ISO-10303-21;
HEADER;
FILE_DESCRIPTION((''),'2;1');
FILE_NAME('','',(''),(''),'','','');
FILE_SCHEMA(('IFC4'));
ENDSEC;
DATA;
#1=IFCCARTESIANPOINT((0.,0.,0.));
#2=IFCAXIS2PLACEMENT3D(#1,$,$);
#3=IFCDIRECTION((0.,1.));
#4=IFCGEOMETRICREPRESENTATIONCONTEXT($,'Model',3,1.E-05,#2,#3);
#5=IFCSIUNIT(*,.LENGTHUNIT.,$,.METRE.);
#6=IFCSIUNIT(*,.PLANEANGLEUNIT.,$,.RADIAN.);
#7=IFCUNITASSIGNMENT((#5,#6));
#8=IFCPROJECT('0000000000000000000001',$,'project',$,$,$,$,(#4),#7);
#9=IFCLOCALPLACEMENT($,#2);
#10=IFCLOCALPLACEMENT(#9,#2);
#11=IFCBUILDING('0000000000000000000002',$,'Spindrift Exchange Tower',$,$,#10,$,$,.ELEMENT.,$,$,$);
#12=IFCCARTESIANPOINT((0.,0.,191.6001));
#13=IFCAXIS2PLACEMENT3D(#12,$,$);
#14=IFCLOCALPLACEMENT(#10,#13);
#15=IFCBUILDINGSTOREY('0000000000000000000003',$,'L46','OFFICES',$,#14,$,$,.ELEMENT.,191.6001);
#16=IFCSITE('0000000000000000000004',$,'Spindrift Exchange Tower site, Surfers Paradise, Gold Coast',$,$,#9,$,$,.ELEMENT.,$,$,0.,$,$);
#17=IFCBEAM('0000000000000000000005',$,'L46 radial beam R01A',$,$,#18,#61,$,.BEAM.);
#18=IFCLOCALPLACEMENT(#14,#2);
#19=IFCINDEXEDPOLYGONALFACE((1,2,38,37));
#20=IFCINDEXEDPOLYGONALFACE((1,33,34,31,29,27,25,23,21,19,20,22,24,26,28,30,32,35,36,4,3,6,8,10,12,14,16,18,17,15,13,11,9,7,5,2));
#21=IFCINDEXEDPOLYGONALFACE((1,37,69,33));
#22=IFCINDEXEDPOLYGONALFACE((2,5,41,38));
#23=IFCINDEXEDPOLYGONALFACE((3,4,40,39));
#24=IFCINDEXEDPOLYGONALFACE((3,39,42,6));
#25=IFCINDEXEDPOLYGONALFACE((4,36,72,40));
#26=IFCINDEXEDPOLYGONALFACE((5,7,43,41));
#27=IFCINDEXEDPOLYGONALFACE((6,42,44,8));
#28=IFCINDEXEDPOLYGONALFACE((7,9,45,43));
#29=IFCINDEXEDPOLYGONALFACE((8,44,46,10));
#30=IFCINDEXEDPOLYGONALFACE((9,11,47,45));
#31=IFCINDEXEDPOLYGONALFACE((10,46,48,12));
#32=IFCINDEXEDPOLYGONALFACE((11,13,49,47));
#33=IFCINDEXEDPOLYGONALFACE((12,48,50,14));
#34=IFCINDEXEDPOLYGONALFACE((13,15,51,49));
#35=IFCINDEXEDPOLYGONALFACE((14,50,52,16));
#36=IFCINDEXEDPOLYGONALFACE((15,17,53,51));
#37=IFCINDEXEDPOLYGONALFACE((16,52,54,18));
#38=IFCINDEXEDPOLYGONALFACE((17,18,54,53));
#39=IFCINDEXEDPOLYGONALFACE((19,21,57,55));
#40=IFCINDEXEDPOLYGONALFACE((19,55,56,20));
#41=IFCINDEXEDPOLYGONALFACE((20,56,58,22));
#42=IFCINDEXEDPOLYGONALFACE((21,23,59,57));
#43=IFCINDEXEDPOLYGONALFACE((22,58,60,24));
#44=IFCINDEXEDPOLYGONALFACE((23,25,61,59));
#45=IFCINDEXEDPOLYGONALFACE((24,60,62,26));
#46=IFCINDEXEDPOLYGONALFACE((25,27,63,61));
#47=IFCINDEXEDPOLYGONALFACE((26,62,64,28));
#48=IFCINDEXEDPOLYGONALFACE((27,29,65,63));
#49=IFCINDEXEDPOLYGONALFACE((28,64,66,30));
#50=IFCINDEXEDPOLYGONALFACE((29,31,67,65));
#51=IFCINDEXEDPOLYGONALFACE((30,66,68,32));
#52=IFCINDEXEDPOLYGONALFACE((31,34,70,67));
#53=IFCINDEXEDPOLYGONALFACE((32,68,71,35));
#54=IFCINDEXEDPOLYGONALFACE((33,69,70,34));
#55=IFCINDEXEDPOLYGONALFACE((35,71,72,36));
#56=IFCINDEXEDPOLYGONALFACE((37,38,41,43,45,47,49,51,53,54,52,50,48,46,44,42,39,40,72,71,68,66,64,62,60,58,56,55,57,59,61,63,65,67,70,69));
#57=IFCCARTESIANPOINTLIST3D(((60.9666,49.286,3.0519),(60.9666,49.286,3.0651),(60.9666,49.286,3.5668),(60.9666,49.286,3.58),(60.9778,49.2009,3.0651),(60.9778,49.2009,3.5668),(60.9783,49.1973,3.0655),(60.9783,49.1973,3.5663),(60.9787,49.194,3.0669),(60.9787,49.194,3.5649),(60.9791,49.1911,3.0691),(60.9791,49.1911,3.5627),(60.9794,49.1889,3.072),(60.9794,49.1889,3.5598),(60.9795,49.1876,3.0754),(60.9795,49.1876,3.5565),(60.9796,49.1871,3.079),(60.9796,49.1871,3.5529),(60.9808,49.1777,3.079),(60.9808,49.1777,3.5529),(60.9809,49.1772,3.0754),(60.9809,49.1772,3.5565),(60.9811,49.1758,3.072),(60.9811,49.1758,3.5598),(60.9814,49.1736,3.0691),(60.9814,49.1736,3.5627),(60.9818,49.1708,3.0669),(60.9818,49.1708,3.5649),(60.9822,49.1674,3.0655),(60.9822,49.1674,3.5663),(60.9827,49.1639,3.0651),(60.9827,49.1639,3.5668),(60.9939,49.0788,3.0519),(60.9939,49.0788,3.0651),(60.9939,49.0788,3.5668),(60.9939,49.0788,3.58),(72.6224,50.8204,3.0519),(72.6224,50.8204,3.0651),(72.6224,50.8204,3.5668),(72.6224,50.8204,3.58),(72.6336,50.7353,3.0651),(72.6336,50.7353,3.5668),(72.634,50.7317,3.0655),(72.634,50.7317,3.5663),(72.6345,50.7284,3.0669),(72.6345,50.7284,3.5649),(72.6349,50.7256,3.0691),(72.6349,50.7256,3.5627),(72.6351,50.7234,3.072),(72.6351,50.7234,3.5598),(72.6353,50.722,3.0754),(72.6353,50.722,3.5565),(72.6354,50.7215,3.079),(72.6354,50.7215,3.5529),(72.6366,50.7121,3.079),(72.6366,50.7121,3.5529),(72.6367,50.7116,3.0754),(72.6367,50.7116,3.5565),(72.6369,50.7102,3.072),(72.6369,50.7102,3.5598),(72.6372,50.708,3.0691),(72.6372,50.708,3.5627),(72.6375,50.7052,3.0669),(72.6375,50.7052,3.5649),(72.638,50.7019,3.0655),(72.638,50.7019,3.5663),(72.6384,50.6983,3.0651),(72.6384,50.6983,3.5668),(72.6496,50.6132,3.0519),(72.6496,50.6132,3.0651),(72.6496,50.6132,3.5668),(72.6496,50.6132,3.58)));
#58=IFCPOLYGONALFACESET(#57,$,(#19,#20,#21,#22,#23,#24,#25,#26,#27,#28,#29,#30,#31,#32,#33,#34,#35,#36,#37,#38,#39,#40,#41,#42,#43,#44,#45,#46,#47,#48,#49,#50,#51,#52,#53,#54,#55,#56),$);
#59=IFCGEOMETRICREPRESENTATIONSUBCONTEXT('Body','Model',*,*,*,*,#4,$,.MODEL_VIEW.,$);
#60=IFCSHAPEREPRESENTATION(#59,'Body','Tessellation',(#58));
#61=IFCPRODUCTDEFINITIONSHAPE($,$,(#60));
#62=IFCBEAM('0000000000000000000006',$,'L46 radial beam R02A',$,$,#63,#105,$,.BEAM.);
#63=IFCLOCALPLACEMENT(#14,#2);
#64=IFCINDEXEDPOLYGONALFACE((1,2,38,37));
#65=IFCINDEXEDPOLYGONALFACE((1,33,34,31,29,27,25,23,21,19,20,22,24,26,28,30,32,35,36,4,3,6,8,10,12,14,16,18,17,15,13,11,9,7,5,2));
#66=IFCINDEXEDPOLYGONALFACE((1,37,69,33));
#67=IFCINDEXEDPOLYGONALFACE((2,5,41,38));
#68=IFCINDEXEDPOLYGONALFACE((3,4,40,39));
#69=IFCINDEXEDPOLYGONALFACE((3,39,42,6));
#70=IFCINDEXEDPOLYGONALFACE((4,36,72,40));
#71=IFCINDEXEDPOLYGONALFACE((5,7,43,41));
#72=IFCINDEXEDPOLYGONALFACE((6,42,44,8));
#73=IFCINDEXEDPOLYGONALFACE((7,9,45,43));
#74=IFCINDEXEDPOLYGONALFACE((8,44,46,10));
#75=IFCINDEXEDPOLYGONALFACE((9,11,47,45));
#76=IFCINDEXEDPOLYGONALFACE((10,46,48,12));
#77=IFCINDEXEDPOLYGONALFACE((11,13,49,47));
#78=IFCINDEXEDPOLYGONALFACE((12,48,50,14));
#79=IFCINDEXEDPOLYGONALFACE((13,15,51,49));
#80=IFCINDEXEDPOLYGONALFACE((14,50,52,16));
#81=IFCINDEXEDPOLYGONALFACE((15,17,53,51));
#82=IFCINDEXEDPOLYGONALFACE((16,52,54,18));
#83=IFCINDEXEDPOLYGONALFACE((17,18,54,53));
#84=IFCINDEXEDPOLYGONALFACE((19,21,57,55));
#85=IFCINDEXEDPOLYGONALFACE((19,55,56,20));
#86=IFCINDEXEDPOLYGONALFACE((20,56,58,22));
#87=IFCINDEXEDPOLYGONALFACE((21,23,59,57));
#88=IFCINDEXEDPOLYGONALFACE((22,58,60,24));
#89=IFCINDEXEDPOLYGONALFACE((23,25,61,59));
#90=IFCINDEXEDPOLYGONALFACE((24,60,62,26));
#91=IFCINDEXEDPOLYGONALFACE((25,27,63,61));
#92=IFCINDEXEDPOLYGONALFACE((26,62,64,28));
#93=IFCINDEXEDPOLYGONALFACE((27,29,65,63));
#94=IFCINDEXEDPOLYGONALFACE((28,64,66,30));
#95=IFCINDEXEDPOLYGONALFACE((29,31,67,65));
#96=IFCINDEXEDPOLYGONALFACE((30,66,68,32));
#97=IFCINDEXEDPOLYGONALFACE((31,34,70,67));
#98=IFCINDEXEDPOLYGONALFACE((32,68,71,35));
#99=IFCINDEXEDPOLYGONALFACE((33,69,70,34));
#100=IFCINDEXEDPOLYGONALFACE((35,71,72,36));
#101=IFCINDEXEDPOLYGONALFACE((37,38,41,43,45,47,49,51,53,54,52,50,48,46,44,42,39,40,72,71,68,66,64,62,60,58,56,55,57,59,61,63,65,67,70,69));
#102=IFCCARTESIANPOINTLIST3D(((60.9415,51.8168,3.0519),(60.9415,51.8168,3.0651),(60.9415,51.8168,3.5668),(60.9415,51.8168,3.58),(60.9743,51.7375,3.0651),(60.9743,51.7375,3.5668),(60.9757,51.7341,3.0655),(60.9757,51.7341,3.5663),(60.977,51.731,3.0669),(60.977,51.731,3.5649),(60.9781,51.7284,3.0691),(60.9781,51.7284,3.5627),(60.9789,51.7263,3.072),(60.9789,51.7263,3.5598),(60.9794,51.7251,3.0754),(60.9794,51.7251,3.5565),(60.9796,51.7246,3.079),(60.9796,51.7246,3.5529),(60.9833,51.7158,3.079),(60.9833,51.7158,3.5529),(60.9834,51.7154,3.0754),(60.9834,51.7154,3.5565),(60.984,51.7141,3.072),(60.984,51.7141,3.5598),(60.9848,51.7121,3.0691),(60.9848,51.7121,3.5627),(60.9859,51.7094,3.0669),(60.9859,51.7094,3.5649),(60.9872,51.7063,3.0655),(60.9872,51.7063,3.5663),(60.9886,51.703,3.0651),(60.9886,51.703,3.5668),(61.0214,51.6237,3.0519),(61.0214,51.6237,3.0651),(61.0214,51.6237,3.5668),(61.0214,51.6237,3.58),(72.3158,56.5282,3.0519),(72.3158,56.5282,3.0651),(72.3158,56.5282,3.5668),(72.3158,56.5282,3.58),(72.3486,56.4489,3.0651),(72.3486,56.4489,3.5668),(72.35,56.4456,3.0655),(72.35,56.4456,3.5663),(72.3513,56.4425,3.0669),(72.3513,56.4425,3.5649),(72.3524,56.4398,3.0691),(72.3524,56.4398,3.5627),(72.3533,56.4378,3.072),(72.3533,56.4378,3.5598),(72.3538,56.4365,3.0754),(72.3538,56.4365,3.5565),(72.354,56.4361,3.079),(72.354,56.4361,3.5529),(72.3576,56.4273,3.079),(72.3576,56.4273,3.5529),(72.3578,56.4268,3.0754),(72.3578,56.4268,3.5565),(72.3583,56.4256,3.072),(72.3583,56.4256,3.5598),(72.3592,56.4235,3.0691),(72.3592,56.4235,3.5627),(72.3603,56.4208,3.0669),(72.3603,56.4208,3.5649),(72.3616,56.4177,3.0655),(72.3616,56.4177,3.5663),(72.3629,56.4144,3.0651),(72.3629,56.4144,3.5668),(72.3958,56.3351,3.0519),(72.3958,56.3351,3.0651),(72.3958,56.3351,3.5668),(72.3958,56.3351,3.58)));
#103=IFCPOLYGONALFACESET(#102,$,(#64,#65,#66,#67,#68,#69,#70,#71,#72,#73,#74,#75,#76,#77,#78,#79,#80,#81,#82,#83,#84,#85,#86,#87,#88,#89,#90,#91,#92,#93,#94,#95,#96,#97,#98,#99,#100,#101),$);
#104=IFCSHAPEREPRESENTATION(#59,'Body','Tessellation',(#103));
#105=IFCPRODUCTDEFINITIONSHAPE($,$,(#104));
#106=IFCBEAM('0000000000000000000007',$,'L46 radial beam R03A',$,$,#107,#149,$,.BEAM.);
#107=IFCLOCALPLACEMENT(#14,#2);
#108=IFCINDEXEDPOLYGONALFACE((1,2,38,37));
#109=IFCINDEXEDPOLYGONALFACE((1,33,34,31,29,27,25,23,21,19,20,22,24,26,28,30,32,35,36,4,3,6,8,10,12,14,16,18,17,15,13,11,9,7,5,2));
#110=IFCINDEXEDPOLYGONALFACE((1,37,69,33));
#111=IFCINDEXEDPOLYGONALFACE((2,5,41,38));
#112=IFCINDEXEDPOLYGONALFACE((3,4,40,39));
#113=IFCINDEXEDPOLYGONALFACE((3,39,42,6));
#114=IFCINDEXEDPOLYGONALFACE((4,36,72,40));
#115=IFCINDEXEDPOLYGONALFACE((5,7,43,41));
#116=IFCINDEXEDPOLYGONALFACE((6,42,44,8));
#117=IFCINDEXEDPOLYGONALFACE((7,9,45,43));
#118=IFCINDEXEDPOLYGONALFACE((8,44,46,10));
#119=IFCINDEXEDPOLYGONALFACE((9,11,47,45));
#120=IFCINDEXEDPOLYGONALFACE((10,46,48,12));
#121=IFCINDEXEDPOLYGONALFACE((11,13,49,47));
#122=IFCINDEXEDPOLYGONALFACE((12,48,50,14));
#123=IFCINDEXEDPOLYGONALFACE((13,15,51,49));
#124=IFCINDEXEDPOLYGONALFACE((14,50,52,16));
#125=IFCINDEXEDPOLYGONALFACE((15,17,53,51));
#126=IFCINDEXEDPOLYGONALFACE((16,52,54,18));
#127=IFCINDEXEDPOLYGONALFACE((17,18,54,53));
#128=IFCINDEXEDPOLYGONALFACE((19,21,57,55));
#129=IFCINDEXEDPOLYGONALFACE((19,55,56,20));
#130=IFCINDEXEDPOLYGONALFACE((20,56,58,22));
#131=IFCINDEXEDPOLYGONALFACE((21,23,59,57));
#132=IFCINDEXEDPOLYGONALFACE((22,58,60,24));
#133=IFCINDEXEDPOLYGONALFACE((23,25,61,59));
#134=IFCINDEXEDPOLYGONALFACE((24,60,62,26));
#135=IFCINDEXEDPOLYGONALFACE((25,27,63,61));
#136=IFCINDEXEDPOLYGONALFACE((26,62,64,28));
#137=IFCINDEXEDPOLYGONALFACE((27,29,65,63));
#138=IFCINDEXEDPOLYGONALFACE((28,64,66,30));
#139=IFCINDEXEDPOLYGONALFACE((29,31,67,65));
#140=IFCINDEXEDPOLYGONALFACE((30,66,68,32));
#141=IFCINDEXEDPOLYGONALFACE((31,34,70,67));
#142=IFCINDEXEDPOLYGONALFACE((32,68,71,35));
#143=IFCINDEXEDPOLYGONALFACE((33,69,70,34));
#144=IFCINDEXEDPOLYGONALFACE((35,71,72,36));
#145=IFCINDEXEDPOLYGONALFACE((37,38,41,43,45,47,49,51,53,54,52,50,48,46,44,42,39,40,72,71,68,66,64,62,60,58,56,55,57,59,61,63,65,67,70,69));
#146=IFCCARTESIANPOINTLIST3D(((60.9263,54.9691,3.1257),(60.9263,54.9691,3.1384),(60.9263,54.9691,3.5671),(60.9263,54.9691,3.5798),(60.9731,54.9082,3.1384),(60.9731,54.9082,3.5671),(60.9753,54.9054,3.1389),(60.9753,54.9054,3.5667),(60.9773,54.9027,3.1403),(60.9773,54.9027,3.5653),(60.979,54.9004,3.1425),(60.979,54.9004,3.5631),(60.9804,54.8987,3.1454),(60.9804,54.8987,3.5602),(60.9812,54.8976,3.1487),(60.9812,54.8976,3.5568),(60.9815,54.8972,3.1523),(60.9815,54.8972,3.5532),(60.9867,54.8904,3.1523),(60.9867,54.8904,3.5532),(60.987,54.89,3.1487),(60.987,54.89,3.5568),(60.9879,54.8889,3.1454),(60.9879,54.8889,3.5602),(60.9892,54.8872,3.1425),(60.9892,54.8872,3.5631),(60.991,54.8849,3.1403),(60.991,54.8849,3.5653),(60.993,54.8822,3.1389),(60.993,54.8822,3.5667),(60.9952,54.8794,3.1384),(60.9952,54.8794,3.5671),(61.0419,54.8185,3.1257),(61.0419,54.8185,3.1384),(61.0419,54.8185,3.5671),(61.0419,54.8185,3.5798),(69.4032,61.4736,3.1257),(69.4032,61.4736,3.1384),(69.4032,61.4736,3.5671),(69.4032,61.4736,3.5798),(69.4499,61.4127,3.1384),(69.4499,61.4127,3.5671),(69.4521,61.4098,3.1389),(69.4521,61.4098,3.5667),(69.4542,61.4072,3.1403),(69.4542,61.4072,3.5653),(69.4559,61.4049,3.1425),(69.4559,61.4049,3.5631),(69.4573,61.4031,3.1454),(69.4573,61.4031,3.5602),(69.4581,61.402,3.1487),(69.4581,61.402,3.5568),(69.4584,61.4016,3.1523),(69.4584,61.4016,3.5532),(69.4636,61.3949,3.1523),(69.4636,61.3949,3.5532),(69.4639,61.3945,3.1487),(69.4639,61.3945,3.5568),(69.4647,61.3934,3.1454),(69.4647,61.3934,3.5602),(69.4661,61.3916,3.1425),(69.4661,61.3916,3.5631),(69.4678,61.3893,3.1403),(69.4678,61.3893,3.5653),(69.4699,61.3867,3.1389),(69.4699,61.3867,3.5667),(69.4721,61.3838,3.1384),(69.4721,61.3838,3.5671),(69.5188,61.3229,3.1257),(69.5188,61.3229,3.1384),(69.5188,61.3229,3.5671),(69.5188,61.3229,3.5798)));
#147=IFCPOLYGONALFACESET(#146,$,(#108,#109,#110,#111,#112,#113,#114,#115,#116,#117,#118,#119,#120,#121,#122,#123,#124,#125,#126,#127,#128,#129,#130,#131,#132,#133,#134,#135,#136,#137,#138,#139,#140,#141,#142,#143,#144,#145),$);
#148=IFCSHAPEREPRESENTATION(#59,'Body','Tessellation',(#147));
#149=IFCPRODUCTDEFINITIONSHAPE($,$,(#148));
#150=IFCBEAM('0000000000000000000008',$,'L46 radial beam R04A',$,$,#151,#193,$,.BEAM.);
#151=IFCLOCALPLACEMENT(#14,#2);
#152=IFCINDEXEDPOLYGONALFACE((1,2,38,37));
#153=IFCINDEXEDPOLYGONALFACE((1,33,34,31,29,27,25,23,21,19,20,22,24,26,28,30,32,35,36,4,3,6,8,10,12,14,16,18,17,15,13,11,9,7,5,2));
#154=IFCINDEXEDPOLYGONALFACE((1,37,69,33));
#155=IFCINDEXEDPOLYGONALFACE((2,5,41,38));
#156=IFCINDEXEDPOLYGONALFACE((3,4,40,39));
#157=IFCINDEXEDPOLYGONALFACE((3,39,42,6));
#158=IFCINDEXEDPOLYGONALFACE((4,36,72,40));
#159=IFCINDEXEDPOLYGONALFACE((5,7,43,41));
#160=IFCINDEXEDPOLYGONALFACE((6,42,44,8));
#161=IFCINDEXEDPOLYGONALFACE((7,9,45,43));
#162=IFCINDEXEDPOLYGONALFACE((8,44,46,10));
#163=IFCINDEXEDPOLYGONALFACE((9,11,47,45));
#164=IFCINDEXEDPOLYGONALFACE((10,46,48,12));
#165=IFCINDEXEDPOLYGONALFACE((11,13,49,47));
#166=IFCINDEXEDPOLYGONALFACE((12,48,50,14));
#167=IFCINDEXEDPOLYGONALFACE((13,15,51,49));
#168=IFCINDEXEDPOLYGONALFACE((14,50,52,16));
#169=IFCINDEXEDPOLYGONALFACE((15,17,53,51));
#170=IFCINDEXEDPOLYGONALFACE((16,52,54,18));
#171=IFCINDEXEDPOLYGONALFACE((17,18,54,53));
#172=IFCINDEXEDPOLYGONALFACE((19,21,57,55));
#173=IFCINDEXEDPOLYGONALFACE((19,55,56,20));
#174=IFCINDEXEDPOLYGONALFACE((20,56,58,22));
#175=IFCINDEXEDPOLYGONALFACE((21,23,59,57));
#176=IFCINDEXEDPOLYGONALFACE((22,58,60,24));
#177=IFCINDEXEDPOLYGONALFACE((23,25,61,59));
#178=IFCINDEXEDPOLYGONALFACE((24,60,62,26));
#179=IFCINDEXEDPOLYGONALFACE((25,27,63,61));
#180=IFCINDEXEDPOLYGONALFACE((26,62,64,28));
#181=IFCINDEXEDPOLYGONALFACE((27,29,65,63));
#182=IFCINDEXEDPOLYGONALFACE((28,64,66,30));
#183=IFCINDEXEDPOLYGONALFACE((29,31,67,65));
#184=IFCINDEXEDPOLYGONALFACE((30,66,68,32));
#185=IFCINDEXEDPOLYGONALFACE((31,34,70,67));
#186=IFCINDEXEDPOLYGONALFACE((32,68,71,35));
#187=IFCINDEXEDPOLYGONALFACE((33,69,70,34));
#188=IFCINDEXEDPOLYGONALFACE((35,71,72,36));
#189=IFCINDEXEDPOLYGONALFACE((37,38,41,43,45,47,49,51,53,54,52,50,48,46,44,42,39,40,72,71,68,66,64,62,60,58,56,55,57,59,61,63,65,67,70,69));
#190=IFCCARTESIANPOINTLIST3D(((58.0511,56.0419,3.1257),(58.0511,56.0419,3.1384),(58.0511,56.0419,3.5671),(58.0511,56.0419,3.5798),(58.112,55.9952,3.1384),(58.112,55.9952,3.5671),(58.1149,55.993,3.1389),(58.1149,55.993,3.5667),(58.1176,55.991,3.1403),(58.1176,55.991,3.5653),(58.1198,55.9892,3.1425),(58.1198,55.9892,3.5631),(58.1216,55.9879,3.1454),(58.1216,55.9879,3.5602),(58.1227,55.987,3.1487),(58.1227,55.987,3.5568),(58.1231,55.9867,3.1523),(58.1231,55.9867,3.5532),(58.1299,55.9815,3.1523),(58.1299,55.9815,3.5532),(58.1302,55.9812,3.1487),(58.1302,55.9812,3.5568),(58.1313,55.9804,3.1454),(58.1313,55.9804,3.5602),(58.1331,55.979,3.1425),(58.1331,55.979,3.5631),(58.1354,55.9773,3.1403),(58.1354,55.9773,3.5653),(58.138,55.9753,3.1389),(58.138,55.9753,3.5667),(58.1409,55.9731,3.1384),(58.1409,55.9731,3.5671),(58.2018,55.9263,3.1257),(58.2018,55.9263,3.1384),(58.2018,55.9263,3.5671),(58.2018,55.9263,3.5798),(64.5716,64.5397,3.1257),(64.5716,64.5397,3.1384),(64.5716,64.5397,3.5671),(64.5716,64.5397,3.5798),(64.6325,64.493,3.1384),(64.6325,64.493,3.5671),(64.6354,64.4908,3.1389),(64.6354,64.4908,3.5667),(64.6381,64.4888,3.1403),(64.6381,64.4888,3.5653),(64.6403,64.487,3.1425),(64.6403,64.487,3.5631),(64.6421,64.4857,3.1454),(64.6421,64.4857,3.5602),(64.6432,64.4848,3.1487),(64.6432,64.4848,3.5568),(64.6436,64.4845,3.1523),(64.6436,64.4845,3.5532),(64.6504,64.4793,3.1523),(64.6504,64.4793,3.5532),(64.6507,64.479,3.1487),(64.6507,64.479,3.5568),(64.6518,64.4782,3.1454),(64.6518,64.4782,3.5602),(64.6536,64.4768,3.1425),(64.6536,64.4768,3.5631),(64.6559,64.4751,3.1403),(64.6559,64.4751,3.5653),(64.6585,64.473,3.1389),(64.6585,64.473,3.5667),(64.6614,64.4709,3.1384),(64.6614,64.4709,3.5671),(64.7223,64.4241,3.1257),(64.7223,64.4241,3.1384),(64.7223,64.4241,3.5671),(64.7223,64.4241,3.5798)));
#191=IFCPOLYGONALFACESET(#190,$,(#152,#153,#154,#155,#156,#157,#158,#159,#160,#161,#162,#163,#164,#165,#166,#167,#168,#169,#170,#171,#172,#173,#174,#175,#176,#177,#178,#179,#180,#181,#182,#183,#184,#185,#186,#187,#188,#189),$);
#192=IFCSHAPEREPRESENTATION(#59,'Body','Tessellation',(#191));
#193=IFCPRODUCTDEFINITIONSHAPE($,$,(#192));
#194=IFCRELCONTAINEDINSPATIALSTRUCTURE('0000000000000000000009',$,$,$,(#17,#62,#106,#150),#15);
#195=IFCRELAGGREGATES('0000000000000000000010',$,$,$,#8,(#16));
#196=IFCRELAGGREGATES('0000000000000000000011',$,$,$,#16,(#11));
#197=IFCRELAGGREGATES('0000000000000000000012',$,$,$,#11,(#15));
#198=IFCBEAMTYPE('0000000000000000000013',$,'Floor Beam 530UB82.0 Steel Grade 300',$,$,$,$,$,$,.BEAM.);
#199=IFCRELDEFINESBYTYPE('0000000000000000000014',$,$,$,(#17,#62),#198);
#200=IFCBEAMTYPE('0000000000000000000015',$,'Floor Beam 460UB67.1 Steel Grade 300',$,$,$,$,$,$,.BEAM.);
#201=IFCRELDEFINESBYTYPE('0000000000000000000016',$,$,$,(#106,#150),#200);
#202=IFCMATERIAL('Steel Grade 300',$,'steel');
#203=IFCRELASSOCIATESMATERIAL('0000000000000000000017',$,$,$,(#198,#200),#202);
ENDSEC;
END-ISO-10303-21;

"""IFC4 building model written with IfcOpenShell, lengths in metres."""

from ifc_helpers import new_model, si_unit, direction, frame, origin, origin_2d, place, context, subcontext, project, spatial, i_section, extrude, source, transform, mapped, material, material_profile, profile_set, type_object, element, save


model = new_model("IFC4")

# Units and contexts
model_context = context("Model", 3, precision=1e-05, world=origin(), true_north=direction((0.0, 1.0)))
body_context = subcontext(model_context, "Body", "Model", "MODEL_VIEW")
ifc_project = project(units=[si_unit("LENGTHUNIT", "METRE"), si_unit("PLANEANGLEUNIT", "RADIAN")], contexts=[model_context])

# Site, building, storey
site_placement = place(None, origin())
site = spatial("IfcSite", under=ifc_project, at=site_placement, Name="Spindrift Exchange Tower site, Surfers Paradise, Gold Coast", CompositionType="ELEMENT", RefElevation=0.0)
building_placement = place(site_placement, origin())
building = spatial("IfcBuilding", under=site, at=building_placement, Name="Spindrift Exchange Tower", CompositionType="ELEMENT")
storey_placement = place(building_placement, frame((0.0, 0.0, 191.6001)))
storey = spatial("IfcBuildingStorey", under=building, at=storey_placement, Name="L46", Description="OFFICES", CompositionType="ELEMENT", Elevation=191.6001)

# Beams
ifc_material_1 = material(Name="Steel Grade 300", Category="steel")
ifc_material_profile_1 = material_profile(ifc_material_1, i_section(OverallWidth=0.209, OverallDepth=0.5281, WebThickness=0.0095, FlangeThickness=0.0132, FilletRadius=0.0139, at=origin_2d()), Name="530UB82.0")
ifc_profile_set_1 = profile_set([ifc_material_profile_1], Name="Steel Grade 300")
beam_type_1 = type_object("IfcBeamType", Name="Floor Beam 530UB82.0 Steel Grade 300", PredefinedType="BEAM", material=ifc_profile_set_1)
shared_shape_1 = source(origin(), body_context, "Body", "SweptSolid", [
    extrude(i_section(OverallWidth=0.209, OverallDepth=0.5281, WebThickness=0.0095, FlangeThickness=0.0132, FilletRadius=0.0139, at=origin_2d()), origin(), (0.0, 0.0, 1.0), 11.7563),
])
beam_1_placement = place(storey_placement, frame((60.9802, 49.1824, 3.3159), z_axis=(0.991446, 0.130519, 0.0), x_axis=(-0.130519, 0.991446, 0.0)))
element("IfcBeam", 1, at=beam_1_placement, inside=storey, type_object=beam_type_1, Name="L46 radial beam R01A", PredefinedType="BEAM", context=body_context, shape_type="MappedRepresentation", body=[
    mapped(shared_shape_1, transform((0.0, 0.0, 0.0), scale=1.0)),
])
shared_shape_2 = source(origin(), body_context, "Body", "SweptSolid", [
    extrude(i_section(OverallWidth=0.209, OverallDepth=0.5281, WebThickness=0.0095, FlangeThickness=0.0132, FilletRadius=0.0139, at=origin_2d()), origin(), (0.0, 0.0, 1.0), 12.3115),
])
beam_2_placement = place(storey_placement, frame((60.9814, 51.7202, 3.3159), z_axis=(0.923878, 0.382687, 0.0), x_axis=(-0.382687, 0.923878, 0.0)))
element("IfcBeam", 2, at=beam_2_placement, inside=storey, type_object=beam_type_1, Name="L46 radial beam R02A", PredefinedType="BEAM", context=body_context, shape_type="MappedRepresentation", body=[
    mapped(shared_shape_2, transform((0.0, 0.0, 0.0), scale=1.0)),
])
ifc_material_profile_2 = material_profile(ifc_material_1, i_section(OverallWidth=0.1899, OverallDepth=0.4541, WebThickness=0.0085, FlangeThickness=0.0127, FilletRadius=0.0139, at=origin_2d()), Name="460UB67.1")
ifc_profile_set_2 = profile_set([ifc_material_profile_2], Name="Steel Grade 300")
beam_type_2 = type_object("IfcBeamType", Name="Floor Beam 460UB67.1 Steel Grade 300", PredefinedType="BEAM", material=ifc_profile_set_2)
shared_shape_3 = source(origin(), body_context, "Body", "SweptSolid", [
    extrude(i_section(OverallWidth=0.1899, OverallDepth=0.4541, WebThickness=0.0085, FlangeThickness=0.0127, FilletRadius=0.0139, at=origin_2d()), origin(), (0.0, 0.0, 1.0), 10.6848),
])
beam_3_placement = place(storey_placement, frame((60.9841, 54.8938, 3.3528), z_axis=(0.793357, 0.608756, 0.0), x_axis=(-0.608756, 0.793357, 0.0)))
element("IfcBeam", 3, at=beam_3_placement, inside=storey, type_object=beam_type_2, Name="L46 radial beam R03A", PredefinedType="BEAM", context=body_context, shape_type="MappedRepresentation", body=[
    mapped(shared_shape_3, transform((0.0, 0.0, 0.0), scale=1.0)),
])
shared_shape_4 = source(origin(), body_context, "Body", "SweptSolid", [
    extrude(i_section(OverallWidth=0.1899, OverallDepth=0.4541, WebThickness=0.0085, FlangeThickness=0.0127, FilletRadius=0.0139, at=origin_2d()), origin(), (0.0, 0.0, 1.0), 10.7112),
])
beam_4_placement = place(storey_placement, frame((58.1265, 55.9841, 3.3528), z_axis=(0.608756, 0.793357, 0.0), x_axis=(-0.793357, 0.608756, 0.0)))
element("IfcBeam", 4, at=beam_4_placement, inside=storey, type_object=beam_type_2, Name="L46 radial beam R04A", PredefinedType="BEAM", context=body_context, shape_type="MappedRepresentation", body=[
    mapped(shared_shape_4, transform((0.0, 0.0, 0.0), scale=1.0)),
])

save(model, "model.ifc")
